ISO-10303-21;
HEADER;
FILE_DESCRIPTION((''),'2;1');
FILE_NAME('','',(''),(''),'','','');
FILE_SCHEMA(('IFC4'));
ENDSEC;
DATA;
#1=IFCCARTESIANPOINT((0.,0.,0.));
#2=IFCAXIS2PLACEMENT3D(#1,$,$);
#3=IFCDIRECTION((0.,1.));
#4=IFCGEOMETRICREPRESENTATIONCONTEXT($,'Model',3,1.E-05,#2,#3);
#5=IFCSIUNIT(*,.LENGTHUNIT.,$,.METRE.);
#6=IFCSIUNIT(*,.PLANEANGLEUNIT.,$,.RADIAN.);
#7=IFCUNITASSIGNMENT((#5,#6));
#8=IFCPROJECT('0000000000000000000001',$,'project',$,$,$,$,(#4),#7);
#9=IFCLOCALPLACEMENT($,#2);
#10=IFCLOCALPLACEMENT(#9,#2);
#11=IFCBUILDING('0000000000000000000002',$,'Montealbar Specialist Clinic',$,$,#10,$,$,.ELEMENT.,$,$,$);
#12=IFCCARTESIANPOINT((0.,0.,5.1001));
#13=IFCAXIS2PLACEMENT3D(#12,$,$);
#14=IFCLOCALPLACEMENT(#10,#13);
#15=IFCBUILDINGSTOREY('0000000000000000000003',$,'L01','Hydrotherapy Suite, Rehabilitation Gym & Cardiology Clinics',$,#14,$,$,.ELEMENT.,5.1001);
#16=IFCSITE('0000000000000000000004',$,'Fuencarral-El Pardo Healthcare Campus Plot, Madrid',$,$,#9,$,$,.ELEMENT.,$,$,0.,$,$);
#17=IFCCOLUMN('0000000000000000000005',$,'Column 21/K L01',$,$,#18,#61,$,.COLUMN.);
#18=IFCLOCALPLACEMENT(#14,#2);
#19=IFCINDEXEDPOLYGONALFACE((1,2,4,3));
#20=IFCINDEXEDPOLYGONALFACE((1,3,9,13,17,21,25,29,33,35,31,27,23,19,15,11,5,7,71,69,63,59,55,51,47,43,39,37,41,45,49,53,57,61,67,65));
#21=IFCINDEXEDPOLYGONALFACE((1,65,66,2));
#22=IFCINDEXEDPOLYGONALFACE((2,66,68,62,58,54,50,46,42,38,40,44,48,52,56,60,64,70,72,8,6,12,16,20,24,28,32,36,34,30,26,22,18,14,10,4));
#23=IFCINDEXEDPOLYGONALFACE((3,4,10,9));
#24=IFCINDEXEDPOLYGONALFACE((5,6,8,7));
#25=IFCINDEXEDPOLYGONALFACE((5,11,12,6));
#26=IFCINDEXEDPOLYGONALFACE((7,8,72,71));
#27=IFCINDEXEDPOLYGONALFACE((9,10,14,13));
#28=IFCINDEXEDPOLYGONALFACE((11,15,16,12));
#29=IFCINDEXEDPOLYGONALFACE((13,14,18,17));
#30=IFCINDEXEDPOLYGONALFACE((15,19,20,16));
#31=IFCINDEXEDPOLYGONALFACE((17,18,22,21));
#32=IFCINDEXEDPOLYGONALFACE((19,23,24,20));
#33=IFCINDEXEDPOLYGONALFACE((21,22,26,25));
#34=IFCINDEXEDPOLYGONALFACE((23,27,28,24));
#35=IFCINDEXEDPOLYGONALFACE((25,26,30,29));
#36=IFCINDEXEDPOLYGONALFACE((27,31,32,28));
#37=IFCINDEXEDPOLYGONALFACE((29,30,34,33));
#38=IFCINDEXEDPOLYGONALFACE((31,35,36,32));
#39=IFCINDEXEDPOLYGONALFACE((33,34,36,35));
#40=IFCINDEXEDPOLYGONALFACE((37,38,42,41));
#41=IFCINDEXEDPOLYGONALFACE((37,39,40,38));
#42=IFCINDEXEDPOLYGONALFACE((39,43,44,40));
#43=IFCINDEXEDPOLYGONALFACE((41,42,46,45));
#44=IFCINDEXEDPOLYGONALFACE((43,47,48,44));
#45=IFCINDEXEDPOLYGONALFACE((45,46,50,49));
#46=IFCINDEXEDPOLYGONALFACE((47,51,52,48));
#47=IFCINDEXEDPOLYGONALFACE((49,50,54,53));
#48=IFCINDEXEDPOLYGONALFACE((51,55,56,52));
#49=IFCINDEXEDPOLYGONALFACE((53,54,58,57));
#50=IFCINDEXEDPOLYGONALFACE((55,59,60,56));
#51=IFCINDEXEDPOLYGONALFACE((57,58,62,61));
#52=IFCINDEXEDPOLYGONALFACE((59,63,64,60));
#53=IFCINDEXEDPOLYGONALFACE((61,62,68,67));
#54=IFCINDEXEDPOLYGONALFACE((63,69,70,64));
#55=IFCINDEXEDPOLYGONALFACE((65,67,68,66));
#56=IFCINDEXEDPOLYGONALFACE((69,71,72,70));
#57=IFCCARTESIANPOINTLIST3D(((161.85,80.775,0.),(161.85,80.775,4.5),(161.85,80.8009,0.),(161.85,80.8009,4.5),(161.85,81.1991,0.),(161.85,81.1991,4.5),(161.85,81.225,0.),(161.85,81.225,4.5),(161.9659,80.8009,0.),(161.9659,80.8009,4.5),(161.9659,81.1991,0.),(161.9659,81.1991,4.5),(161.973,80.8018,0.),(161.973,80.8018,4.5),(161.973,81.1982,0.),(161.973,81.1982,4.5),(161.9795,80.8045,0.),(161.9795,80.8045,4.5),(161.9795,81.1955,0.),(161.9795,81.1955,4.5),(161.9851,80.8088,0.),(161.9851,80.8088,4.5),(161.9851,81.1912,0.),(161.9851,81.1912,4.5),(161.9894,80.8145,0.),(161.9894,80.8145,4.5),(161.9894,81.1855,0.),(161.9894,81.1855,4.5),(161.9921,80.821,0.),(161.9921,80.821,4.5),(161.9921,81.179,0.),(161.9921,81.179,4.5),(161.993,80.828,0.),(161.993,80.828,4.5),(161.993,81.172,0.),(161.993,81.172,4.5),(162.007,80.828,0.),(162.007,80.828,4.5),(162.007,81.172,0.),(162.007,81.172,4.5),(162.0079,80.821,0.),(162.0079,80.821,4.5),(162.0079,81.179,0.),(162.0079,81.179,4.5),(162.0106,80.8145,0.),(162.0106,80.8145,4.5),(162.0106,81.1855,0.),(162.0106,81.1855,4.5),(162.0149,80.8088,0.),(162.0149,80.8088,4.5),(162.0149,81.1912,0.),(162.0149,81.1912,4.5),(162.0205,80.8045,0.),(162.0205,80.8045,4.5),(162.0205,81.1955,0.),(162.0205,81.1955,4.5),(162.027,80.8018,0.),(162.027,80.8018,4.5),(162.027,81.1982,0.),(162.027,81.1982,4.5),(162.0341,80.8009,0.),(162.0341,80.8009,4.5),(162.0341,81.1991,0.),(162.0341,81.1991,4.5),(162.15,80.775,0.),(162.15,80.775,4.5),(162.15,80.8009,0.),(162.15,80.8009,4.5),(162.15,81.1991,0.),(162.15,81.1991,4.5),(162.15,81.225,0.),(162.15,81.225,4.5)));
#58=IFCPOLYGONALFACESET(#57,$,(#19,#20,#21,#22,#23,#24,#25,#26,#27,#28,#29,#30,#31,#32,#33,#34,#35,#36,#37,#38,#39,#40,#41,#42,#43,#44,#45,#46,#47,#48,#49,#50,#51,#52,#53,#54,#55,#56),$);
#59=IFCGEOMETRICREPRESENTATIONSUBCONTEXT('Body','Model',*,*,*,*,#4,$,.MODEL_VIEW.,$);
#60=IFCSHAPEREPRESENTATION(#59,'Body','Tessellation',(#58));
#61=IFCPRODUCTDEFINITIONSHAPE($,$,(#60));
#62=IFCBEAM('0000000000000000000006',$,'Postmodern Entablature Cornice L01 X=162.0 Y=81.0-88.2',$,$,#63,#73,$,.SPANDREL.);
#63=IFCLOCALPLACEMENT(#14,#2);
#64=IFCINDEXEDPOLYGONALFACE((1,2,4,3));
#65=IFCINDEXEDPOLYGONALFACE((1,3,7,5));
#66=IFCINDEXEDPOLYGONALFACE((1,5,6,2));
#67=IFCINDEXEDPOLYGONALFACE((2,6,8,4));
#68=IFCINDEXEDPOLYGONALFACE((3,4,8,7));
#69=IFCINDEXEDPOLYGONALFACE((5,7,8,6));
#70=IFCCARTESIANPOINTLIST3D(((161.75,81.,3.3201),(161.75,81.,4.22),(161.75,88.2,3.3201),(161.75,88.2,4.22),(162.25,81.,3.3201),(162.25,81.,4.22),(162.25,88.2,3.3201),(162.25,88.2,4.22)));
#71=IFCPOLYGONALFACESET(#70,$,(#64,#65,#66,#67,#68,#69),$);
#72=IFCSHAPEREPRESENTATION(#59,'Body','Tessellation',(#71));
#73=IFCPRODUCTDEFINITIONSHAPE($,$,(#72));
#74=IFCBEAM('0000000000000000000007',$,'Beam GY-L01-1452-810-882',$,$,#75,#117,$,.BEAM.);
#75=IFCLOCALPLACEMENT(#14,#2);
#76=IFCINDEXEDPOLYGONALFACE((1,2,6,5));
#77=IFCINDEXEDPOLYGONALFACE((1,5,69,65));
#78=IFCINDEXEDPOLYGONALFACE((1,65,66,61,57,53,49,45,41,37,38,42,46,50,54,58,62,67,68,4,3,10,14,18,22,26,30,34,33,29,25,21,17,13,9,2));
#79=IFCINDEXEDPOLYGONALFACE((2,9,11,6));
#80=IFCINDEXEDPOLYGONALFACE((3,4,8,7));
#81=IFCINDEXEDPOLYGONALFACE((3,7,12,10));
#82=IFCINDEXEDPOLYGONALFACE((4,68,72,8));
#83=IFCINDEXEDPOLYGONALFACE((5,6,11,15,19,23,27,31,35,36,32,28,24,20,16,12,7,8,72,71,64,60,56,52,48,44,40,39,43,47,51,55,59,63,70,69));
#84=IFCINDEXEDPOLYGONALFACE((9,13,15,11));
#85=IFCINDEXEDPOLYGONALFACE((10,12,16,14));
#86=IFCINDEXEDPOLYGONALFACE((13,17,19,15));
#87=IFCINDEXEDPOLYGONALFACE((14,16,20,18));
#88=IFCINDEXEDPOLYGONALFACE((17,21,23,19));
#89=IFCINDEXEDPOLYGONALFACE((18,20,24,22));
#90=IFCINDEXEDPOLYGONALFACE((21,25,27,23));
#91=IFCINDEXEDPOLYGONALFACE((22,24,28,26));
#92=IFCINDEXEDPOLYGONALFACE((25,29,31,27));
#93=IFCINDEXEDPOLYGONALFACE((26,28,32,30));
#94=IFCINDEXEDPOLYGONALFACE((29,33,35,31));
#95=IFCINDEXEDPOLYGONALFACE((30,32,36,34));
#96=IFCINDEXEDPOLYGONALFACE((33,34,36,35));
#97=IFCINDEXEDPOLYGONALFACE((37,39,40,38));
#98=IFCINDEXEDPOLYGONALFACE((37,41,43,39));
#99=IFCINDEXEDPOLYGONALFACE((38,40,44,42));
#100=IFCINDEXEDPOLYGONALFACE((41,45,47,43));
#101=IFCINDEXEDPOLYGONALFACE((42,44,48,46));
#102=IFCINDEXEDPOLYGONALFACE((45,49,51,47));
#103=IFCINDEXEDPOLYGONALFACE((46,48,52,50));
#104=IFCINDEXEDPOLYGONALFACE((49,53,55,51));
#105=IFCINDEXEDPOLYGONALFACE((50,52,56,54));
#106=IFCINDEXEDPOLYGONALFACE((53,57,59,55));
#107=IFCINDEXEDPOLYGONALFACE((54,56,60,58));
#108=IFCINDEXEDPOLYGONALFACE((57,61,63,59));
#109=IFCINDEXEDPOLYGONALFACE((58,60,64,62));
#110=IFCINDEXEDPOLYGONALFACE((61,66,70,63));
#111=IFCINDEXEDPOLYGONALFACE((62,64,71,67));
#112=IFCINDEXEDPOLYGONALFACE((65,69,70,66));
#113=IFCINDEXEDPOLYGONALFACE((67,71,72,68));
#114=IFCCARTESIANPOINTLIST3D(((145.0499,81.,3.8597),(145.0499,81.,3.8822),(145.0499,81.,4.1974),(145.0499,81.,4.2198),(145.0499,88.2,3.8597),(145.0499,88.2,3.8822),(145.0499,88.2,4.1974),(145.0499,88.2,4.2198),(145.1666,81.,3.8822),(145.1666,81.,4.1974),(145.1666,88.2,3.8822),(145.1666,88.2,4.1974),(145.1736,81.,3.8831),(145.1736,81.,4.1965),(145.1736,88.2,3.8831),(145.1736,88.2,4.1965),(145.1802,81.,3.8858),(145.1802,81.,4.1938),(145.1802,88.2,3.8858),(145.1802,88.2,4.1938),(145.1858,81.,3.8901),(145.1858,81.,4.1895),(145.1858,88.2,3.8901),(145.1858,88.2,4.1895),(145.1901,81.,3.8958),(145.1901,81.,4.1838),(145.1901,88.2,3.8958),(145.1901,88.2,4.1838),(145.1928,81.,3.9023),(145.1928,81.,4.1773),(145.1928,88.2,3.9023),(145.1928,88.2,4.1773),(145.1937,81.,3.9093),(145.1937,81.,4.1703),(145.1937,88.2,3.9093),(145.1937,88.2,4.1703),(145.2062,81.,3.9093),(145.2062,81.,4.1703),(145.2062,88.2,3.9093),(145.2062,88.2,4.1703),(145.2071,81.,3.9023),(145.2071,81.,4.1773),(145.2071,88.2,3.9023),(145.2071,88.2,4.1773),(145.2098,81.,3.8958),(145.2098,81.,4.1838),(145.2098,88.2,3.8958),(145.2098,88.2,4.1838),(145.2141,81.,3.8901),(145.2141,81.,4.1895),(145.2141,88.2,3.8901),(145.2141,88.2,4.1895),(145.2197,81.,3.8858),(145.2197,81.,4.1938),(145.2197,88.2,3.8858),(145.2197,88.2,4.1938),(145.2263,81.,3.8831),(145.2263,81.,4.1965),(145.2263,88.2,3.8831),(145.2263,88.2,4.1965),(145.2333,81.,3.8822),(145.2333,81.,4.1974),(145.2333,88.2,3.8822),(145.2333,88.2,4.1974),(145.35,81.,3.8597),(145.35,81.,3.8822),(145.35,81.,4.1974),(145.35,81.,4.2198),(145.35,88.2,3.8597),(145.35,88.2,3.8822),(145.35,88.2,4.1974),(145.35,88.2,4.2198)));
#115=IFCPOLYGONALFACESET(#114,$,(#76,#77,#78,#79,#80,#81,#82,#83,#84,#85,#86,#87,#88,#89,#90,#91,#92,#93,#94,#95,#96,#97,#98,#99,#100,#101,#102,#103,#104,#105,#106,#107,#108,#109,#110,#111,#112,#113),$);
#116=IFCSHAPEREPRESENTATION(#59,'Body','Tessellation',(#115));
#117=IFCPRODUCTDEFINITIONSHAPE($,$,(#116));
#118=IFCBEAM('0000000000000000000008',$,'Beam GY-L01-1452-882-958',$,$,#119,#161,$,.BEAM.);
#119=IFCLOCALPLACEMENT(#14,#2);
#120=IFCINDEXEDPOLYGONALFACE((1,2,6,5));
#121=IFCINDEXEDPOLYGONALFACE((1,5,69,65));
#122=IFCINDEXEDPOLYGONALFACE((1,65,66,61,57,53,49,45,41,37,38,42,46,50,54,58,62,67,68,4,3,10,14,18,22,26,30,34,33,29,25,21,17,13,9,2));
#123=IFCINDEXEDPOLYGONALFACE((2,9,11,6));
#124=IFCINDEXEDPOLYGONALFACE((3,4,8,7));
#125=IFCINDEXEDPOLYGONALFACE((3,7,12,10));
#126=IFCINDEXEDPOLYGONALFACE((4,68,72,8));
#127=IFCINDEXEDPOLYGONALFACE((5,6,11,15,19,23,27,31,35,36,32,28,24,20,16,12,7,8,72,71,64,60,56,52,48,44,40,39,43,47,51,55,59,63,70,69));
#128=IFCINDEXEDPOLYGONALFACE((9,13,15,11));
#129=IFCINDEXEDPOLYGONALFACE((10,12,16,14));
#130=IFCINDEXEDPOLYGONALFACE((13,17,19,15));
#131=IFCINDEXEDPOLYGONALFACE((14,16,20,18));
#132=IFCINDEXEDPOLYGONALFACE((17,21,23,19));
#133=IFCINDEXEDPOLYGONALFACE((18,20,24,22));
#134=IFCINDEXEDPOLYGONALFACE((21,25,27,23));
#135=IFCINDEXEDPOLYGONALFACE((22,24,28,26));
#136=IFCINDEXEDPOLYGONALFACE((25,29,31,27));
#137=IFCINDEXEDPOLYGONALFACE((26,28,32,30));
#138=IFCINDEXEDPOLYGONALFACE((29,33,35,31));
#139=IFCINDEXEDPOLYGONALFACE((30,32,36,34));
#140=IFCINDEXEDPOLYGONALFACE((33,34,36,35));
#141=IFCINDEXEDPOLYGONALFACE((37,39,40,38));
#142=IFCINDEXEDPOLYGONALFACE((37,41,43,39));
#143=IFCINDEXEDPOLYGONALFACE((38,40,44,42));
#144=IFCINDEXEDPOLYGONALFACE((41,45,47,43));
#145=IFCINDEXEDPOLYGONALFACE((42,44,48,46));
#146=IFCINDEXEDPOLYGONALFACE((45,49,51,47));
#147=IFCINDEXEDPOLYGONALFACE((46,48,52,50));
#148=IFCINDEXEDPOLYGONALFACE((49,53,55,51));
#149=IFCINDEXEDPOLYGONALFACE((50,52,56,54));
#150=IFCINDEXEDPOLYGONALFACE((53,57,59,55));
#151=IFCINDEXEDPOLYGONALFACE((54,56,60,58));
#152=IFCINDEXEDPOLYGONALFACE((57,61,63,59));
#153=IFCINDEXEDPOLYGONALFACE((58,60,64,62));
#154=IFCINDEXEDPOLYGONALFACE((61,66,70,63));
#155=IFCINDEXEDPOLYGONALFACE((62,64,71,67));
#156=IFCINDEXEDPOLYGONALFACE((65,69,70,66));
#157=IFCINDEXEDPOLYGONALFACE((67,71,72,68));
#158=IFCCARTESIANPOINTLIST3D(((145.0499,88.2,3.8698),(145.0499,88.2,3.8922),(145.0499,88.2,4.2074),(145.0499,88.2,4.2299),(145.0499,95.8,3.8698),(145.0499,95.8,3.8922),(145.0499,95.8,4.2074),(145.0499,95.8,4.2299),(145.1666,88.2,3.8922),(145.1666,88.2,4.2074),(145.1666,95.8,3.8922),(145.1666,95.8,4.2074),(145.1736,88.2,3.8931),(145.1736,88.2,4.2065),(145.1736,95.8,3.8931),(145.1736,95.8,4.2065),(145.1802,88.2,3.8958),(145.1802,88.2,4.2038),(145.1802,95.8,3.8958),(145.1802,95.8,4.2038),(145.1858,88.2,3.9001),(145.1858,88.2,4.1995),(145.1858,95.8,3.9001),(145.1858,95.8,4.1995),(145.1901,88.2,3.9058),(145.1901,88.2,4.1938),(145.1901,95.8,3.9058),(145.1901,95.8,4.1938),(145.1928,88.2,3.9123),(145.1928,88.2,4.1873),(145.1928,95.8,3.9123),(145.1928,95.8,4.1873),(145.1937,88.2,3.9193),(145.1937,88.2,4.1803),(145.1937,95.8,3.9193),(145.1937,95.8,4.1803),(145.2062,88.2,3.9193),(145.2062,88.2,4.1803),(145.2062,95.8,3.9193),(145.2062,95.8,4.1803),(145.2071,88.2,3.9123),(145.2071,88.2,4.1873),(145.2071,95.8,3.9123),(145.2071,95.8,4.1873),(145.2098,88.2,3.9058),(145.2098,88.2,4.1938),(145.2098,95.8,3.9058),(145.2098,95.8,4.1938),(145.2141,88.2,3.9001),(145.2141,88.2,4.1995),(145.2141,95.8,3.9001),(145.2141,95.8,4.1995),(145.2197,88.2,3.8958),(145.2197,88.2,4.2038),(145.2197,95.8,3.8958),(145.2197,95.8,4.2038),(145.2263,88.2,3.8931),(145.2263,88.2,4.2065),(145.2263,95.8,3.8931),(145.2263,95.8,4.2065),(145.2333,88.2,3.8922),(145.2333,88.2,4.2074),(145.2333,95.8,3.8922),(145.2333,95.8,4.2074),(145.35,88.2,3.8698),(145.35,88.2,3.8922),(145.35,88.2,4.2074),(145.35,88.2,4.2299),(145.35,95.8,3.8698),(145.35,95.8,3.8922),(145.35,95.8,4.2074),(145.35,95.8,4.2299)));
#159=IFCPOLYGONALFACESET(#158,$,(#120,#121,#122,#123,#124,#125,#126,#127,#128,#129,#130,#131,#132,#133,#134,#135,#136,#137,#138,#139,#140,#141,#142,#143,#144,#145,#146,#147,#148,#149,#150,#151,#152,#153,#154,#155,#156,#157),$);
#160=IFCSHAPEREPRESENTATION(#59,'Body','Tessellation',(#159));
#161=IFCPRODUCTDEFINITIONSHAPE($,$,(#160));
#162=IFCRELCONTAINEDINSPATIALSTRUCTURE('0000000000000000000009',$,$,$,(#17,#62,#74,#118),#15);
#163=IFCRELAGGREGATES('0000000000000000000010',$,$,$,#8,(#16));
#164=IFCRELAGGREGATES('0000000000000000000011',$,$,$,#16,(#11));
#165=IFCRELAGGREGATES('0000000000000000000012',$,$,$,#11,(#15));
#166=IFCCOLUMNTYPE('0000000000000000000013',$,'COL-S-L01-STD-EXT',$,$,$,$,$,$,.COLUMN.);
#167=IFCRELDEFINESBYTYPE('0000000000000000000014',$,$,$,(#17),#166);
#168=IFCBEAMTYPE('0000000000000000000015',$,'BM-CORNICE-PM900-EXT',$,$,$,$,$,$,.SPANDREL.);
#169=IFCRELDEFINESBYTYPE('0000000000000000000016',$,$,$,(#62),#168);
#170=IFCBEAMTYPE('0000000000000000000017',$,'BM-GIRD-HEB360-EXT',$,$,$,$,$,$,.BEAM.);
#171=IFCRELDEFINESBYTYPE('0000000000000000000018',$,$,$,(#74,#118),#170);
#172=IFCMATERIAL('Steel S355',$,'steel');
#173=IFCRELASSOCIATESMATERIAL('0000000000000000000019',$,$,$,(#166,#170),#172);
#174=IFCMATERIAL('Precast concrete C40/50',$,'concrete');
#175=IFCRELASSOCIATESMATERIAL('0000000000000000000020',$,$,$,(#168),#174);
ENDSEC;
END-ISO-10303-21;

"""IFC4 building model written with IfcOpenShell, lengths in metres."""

from ifc_helpers import new_model, si_unit, direction, frame, origin, origin_2d, place, context, subcontext, project, spatial, rectangle, i_section, extrude, material, material_profile, profile_set, type_object, element, save


model = new_model("IFC4")

# Units and contexts
model_context = context("Model", 3, precision=1e-05, world=origin(), true_north=direction((0.0, 1.0)))
body_context = subcontext(model_context, "Body", "Model", "MODEL_VIEW")
ifc_project = project(units=[si_unit("LENGTHUNIT", "METRE"), si_unit("PLANEANGLEUNIT", "RADIAN")], contexts=[model_context])

# Site, building, storey
site_placement = place(None, origin())
site = spatial("IfcSite", under=ifc_project, at=site_placement, Name="Fuencarral-El Pardo Healthcare Campus Plot, Madrid", CompositionType="ELEMENT", RefElevation=0.0)
building_placement = place(site_placement, origin())
building = spatial("IfcBuilding", under=site, at=building_placement, Name="Montealbar Specialist Clinic", CompositionType="ELEMENT")
storey_placement = place(building_placement, frame((0.0, 0.0, 5.1001)))
storey = spatial("IfcBuildingStorey", under=building, at=storey_placement, Name="L01", Description="Hydrotherapy Suite, Rehabilitation Gym & Cardiology Clinics", CompositionType="ELEMENT", Elevation=5.1001)

# Column
ifc_material_1 = material(Name="Steel S355", Category="steel")
ifc_material_profile_1 = material_profile(ifc_material_1, i_section(OverallWidth=0.3, OverallDepth=0.45, WebThickness=0.0139, FlangeThickness=0.0259, FilletRadius=0.0271, at=origin_2d()), Name="HEB 450", Category="steel")
ifc_profile_set_1 = profile_set([ifc_material_profile_1], Name="Steel S355")
column_type_1 = type_object("IfcColumnType", Name="COL-S-L01-STD-EXT", PredefinedType="COLUMN", material=ifc_profile_set_1)
for number, where, z_axis, x_axis, name in (
    (1, (162.0, 81.0, 0.0), (0.0, 0.0, 1.0), (1.0, 0.0, 0.0), "Column 21/K L01"),
):
    element("IfcColumn", number, at=place(storey_placement, frame(where, z_axis=z_axis, x_axis=x_axis)), inside=storey, type_object=column_type_1, Name=name, PredefinedType="COLUMN", context=body_context, shape_type="SweptSolid", body=[
        extrude(i_section(OverallWidth=0.3, OverallDepth=0.45, WebThickness=0.0139, FlangeThickness=0.0259, FilletRadius=0.0271, at=origin_2d()), origin(), (0.0, 0.0, 1.0), 4.5),
    ])

# Beams
ifc_material_2 = material(Name="Precast concrete C40/50", Category="concrete")
ifc_material_profile_2 = material_profile(ifc_material_2, rectangle(XDim=0.5, YDim=0.8999, at=origin_2d()), Name="PRECAST CORNICE 500x900", Category="concrete")
ifc_profile_set_2 = profile_set([ifc_material_profile_2], Name="Precast concrete C40/50")
beam_type_1 = type_object("IfcBeamType", Name="BM-CORNICE-PM900-EXT", PredefinedType="SPANDREL", material=ifc_profile_set_2)
beam_1_placement = place(storey_placement, frame((162.0, 81.0, 3.77), z_axis=(0.0, 1.0, 0.0), x_axis=(-1.0, 0.0, 0.0)))
element("IfcBeam", 2, at=beam_1_placement, inside=storey, type_object=beam_type_1, Name="Postmodern Entablature Cornice L01 X=162.0 Y=81.0-88.2", PredefinedType="SPANDREL", context=body_context, shape_type="SweptSolid", body=[
    extrude(rectangle(XDim=0.5, YDim=0.8999, at=origin_2d()), origin(), (0.0, 0.0, 1.0), 7.2),
])
ifc_material_profile_3 = material_profile(ifc_material_1, i_section(OverallWidth=0.3, OverallDepth=0.3601, WebThickness=0.0125, FlangeThickness=0.0225, FilletRadius=0.0271, at=origin_2d()), Name="HEB 360", Category="steel")
ifc_profile_set_3 = profile_set([ifc_material_profile_3], Name="Steel S355")
beam_type_2 = type_object("IfcBeamType", Name="BM-GIRD-HEB360-EXT", PredefinedType="BEAM", material=ifc_profile_set_3)
beam_2_placement = place(storey_placement, frame((145.2, 81.0, 4.0398), z_axis=(0.0, 1.0, 0.0), x_axis=(-1.0, 0.0, 0.0)))
element("IfcBeam", 3, at=beam_2_placement, inside=storey, type_object=beam_type_2, Name="Beam GY-L01-1452-810-882", PredefinedType="BEAM", context=body_context, shape_type="SweptSolid", body=[
    extrude(i_section(OverallWidth=0.3, OverallDepth=0.3601, WebThickness=0.0125, FlangeThickness=0.0225, FilletRadius=0.0271, at=origin_2d()), origin(), (0.0, 0.0, 1.0), 7.2),
])
beam_3_placement = place(storey_placement, frame((145.2, 88.2, 4.0498), z_axis=(0.0, 1.0, 0.0), x_axis=(-1.0, 0.0, 0.0)))
element("IfcBeam", 4, at=beam_3_placement, inside=storey, type_object=beam_type_2, Name="Beam GY-L01-1452-882-958", PredefinedType="BEAM", context=body_context, shape_type="SweptSolid", body=[
    extrude(i_section(OverallWidth=0.3, OverallDepth=0.3601, WebThickness=0.0125, FlangeThickness=0.0225, FilletRadius=0.0271, at=origin_2d()), origin(), (0.0, 0.0, 1.0), 7.6001),
])

save(model, "model.ifc")
